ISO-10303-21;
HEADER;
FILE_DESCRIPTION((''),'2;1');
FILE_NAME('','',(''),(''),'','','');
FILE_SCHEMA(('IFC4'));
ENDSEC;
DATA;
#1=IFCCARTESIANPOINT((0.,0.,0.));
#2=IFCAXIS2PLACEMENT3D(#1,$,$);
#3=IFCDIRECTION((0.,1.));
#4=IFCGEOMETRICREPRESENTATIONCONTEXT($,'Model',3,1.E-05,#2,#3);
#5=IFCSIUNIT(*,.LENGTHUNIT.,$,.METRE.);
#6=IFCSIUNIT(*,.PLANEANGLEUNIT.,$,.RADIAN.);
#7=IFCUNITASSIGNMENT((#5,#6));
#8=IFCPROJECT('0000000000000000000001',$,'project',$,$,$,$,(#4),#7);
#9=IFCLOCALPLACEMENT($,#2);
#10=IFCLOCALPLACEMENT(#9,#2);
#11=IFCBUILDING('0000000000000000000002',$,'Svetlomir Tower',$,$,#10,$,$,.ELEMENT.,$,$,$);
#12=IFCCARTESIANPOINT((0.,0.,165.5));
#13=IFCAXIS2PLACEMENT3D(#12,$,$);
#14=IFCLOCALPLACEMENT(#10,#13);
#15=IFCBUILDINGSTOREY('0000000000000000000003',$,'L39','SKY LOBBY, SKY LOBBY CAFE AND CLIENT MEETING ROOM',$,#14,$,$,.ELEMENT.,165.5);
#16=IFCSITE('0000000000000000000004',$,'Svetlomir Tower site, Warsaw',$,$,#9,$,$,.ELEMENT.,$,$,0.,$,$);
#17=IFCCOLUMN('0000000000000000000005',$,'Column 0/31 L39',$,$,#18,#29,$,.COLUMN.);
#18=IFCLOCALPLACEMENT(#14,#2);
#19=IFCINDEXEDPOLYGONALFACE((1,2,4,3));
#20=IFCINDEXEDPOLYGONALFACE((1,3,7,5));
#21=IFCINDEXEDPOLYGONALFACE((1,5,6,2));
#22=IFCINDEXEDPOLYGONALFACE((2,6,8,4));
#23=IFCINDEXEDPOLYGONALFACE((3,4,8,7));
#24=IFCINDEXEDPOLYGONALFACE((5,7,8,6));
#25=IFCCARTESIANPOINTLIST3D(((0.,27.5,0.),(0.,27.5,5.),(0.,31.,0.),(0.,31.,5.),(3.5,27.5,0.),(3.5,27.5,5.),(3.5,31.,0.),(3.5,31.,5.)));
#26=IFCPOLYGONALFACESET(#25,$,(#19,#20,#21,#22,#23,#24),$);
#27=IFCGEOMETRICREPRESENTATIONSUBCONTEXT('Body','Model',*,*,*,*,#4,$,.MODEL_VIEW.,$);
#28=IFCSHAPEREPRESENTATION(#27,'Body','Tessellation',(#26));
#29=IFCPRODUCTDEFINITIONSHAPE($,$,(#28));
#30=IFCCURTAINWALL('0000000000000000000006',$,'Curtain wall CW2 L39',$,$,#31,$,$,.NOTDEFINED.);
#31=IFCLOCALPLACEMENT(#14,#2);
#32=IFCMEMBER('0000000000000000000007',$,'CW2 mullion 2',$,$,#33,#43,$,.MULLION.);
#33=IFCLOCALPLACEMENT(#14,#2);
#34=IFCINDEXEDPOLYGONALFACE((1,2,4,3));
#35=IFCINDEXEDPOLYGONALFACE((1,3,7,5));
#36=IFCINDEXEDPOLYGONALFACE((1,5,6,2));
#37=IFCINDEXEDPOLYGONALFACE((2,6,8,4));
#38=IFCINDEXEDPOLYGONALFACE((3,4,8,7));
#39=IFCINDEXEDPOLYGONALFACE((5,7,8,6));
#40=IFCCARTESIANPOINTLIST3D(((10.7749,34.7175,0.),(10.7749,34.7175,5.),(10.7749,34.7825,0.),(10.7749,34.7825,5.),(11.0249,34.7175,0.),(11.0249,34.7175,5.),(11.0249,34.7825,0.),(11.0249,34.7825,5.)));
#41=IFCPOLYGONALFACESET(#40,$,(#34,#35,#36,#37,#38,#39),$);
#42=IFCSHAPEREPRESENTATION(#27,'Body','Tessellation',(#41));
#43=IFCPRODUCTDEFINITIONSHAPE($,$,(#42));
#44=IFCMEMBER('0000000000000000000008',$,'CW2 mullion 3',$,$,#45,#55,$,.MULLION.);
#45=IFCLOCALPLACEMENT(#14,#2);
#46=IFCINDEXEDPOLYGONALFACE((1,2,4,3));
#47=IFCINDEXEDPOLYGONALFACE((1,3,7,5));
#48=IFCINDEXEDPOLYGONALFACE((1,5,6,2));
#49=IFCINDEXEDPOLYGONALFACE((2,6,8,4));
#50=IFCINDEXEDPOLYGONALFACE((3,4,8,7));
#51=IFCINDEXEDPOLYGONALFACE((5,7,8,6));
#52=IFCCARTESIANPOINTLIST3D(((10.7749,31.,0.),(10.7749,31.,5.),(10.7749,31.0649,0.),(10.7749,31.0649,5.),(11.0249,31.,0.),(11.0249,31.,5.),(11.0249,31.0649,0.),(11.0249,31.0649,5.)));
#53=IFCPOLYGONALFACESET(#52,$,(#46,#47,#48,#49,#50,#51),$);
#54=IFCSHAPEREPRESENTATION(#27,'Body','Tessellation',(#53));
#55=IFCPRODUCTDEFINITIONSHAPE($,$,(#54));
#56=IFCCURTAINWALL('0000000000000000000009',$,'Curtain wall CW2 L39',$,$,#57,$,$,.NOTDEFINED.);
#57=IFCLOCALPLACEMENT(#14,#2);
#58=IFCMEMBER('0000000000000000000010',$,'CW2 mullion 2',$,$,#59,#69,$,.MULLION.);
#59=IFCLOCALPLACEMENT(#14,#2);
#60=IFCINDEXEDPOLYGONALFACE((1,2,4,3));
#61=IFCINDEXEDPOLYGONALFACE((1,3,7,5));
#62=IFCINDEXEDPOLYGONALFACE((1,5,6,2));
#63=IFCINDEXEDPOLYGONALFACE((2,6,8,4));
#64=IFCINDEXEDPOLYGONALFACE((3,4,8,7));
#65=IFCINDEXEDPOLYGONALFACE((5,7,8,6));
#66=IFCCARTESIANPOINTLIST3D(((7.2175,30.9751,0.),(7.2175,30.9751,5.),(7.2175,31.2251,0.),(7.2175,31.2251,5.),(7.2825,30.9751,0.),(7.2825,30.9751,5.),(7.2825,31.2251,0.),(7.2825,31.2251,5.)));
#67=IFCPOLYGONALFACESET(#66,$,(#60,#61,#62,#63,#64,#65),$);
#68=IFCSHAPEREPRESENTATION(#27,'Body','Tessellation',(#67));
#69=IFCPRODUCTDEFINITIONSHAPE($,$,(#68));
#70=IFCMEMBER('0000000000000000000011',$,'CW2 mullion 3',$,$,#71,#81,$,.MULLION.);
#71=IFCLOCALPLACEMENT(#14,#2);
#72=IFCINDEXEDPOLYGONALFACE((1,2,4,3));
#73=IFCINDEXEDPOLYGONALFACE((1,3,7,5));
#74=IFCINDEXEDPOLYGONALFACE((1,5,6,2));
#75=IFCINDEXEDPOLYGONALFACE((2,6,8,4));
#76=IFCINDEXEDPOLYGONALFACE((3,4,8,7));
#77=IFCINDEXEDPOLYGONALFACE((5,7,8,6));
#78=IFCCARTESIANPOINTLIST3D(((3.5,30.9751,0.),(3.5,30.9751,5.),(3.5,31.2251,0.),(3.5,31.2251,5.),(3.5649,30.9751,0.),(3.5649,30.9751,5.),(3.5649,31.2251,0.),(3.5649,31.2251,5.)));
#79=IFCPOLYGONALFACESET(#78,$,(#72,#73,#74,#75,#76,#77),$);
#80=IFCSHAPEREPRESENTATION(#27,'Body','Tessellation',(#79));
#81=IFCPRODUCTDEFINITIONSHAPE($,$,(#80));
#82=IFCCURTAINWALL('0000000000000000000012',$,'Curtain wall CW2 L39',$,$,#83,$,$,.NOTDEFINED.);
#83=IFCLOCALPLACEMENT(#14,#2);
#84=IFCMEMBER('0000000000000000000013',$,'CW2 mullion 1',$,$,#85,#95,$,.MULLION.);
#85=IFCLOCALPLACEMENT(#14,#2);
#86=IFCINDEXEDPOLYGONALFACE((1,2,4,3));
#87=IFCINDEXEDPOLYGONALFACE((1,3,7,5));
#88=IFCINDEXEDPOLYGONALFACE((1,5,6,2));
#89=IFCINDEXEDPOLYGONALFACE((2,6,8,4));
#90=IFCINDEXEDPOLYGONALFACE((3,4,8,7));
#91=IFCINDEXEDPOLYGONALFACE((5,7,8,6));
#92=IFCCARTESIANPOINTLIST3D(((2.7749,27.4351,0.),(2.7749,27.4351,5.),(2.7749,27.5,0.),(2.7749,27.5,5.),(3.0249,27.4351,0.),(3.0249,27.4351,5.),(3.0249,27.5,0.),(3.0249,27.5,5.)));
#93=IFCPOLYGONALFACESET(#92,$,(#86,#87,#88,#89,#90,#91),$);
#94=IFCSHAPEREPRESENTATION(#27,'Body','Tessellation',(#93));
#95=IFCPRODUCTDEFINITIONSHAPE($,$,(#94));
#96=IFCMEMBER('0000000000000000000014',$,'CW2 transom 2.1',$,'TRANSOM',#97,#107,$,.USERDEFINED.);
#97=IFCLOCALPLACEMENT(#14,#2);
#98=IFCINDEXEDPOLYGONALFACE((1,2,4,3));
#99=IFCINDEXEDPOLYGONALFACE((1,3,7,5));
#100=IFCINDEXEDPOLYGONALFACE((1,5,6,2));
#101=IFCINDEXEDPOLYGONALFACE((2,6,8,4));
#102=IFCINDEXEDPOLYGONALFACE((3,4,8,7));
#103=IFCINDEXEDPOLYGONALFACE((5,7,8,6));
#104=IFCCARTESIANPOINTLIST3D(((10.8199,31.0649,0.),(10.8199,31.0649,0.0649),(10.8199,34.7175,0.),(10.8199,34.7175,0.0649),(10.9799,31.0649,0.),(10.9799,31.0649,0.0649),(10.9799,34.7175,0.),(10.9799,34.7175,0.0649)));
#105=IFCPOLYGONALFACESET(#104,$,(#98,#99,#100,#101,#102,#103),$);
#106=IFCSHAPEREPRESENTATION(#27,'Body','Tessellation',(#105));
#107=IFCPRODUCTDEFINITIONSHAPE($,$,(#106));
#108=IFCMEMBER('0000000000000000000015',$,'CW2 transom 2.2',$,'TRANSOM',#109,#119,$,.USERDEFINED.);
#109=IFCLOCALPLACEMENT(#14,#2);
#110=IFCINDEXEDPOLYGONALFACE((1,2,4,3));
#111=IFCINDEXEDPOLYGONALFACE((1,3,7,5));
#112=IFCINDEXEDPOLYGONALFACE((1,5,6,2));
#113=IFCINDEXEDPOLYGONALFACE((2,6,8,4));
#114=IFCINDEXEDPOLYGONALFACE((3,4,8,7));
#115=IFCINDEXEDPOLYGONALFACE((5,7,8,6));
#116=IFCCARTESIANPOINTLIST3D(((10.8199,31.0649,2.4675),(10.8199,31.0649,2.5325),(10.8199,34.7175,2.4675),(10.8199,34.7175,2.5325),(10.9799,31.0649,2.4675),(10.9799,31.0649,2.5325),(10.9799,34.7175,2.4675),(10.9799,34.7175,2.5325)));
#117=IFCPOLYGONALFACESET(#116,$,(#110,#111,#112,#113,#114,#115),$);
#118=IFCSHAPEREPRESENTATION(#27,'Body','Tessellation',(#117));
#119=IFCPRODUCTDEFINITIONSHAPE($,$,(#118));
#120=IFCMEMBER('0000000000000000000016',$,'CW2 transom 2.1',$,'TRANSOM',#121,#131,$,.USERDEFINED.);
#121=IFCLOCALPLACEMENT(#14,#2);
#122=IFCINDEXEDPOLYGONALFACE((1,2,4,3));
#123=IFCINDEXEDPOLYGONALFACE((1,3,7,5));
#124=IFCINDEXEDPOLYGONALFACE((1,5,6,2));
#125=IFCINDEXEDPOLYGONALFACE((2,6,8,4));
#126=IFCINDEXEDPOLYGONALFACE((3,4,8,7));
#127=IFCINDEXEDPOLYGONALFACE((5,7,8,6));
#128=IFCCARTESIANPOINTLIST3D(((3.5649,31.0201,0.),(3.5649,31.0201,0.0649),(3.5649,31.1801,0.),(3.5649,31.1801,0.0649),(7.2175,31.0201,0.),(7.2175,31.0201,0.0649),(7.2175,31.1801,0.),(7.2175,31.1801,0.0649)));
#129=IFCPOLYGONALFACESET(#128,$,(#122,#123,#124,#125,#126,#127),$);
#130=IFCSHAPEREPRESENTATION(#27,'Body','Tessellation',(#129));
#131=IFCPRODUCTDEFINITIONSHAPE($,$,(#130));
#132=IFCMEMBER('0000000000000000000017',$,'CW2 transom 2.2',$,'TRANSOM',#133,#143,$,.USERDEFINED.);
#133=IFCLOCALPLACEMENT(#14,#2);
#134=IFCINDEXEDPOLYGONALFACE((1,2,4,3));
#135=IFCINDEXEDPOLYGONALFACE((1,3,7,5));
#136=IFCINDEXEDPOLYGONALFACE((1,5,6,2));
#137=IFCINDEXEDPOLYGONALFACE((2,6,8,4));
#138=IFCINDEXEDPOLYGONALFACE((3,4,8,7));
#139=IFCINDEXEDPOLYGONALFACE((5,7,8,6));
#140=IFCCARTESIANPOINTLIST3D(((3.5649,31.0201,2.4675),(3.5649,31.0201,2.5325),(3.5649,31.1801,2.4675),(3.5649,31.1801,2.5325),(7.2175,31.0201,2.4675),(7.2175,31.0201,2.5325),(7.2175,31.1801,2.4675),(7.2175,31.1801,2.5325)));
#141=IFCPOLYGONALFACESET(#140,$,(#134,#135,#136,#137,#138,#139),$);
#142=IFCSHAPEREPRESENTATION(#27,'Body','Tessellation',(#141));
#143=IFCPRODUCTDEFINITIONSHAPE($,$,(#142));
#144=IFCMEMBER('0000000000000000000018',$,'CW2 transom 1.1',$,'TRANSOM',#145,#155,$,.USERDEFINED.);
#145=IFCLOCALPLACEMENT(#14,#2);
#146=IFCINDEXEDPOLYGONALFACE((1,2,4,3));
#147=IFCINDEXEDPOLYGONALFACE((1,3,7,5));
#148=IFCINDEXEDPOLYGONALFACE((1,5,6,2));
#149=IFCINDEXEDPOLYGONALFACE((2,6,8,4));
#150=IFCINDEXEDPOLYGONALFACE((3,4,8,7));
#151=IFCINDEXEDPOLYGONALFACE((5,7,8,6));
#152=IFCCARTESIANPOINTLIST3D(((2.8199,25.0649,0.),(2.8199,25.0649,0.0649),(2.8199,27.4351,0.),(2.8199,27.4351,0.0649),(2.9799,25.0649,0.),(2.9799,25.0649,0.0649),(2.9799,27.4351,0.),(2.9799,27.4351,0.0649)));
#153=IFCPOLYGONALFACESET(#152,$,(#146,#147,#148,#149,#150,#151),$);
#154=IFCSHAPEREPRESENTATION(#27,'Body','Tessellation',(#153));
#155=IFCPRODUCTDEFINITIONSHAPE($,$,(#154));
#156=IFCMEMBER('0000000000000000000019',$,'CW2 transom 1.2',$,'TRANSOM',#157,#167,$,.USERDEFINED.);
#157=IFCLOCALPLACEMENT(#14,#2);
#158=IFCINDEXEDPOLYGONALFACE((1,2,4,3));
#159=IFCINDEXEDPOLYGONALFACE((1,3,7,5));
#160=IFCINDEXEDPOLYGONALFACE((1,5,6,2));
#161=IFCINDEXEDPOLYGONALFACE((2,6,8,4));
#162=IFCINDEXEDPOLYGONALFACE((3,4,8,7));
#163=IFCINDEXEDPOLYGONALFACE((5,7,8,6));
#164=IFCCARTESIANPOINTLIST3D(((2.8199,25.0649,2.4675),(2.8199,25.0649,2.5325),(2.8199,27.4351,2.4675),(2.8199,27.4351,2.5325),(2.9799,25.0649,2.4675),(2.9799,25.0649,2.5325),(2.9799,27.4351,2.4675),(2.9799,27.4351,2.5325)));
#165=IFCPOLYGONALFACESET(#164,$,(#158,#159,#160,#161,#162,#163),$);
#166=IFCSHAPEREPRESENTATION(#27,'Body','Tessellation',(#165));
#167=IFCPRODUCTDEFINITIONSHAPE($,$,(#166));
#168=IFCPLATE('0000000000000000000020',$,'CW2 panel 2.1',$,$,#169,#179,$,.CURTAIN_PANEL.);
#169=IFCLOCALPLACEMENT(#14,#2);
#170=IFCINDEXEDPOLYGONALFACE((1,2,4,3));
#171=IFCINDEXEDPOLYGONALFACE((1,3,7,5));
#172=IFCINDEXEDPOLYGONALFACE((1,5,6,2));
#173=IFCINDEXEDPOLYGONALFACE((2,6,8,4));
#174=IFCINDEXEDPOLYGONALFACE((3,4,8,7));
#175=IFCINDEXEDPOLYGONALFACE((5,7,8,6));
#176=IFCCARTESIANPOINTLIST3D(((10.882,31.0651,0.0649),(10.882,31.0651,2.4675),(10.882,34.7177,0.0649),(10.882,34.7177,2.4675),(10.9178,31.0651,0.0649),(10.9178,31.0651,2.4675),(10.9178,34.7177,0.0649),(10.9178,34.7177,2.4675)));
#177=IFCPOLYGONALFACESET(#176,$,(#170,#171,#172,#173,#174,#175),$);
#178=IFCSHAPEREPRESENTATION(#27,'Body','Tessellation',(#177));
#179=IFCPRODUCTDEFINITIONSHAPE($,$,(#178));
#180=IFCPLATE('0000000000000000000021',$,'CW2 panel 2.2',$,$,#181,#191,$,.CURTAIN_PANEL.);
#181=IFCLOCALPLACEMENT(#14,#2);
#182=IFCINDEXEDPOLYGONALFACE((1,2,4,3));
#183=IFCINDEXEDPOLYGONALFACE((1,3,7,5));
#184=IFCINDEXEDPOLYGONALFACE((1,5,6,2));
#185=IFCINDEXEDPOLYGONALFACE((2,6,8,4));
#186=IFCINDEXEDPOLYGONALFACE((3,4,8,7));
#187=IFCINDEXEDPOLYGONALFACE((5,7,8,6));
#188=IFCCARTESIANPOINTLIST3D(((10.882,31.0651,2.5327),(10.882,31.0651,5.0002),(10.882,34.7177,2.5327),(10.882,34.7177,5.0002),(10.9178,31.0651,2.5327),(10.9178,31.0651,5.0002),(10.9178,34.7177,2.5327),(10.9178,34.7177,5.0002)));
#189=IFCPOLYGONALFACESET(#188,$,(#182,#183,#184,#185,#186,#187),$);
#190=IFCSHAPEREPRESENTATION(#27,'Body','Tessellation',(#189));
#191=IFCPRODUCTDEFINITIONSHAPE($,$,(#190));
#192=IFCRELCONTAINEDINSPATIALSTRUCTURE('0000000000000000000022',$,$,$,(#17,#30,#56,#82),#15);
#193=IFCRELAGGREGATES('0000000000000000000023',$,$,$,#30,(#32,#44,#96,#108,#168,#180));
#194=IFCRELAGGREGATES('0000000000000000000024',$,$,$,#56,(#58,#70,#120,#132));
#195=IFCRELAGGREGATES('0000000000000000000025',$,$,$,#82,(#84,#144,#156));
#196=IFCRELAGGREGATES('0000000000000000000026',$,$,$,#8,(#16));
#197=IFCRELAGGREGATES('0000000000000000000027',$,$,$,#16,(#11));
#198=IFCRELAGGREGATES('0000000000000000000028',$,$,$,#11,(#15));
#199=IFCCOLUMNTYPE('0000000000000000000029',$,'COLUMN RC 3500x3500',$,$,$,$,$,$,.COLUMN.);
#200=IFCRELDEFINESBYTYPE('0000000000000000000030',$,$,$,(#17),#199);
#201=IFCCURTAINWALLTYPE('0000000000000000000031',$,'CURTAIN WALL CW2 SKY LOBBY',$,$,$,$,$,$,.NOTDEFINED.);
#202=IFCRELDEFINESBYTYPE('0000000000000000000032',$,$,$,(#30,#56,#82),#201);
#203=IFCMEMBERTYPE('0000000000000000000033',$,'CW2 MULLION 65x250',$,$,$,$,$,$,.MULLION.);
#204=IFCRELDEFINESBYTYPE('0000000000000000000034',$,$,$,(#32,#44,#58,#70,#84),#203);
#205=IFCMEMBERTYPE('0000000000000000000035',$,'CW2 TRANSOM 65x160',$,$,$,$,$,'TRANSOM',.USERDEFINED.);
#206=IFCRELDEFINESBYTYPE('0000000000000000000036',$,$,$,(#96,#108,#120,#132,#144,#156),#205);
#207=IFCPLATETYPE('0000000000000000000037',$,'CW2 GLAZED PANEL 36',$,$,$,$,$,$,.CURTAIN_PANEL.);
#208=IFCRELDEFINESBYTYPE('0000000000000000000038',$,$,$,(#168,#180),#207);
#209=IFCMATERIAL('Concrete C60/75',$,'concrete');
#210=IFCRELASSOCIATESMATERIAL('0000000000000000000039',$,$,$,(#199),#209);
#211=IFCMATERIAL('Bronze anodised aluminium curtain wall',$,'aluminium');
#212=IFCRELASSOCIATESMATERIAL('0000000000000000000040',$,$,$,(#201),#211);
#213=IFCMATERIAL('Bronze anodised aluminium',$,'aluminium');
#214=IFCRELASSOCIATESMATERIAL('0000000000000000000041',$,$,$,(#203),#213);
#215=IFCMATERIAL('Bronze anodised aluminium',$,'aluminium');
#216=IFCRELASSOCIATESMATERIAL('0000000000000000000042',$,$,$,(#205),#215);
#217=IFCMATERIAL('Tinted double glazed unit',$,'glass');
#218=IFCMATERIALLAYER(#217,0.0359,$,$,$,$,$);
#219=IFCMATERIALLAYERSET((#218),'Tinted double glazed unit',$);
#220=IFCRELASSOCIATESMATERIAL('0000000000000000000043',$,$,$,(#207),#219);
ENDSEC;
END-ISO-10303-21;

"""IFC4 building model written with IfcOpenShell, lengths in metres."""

from ifc_helpers import new_model, si_unit, direction, frame, origin, origin_2d, place, context, subcontext, project, spatial, rectangle, extrude, material, layer, layer_set, material_profile, profile_set, type_object, element, aggregate, save


model = new_model("IFC4")

# Units and contexts
model_context = context("Model", 3, precision=1e-05, world=origin(), true_north=direction((0.0, 1.0)))
body_context = subcontext(model_context, "Body", "Model", "MODEL_VIEW")
ifc_project = project(units=[si_unit("LENGTHUNIT", "METRE"), si_unit("PLANEANGLEUNIT", "RADIAN")], contexts=[model_context])

# Site, building, storey
site_placement = place(None, origin())
site = spatial("IfcSite", under=ifc_project, at=site_placement, Name="Svetlomir Tower site, Warsaw", CompositionType="ELEMENT", RefElevation=0.0)
building_placement = place(site_placement, origin())
building = spatial("IfcBuilding", under=site, at=building_placement, Name="Svetlomir Tower", CompositionType="ELEMENT")
storey_placement = place(building_placement, frame((0.0, 0.0, 165.5)))
storey = spatial("IfcBuildingStorey", under=building, at=storey_placement, Name="L39", Description="SKY LOBBY, SKY LOBBY CAFE AND CLIENT MEETING ROOM", CompositionType="ELEMENT", Elevation=165.5)

# Column
ifc_material_1 = material(Name="Concrete C60/75", Category="concrete")
ifc_material_profile_1 = material_profile(ifc_material_1, rectangle(XDim=3.5, YDim=3.5, at=origin_2d()), Name="RC 3500x3500")
ifc_profile_set_1 = profile_set([ifc_material_profile_1], Name="Concrete C60/75")
column_type = type_object("IfcColumnType", Name="COLUMN RC 3500x3500", PredefinedType="COLUMN", material=ifc_profile_set_1)
column_placement = place(storey_placement, frame((1.75, 29.25, 0.0), z_axis=(0.0, 0.0, 1.0), x_axis=(1.0, 0.0, 0.0)))
element("IfcColumn", 1, at=column_placement, inside=storey, type_object=column_type, Name="Column 0/31 L39", PredefinedType="COLUMN", context=body_context, shape_type="SweptSolid", body=[
    extrude(rectangle(XDim=3.5, YDim=3.5, at=origin_2d()), origin(), (0.0, 0.0, 1.0), 5.0),
])

# Curtain walls, members
ifc_material_2 = material(Name="Bronze anodised aluminium curtain wall", Category="aluminium")
curtain_wall_type = type_object("IfcCurtainWallType", Name="CURTAIN WALL CW2 SKY LOBBY", PredefinedType="NOTDEFINED", material=ifc_material_2)
curtain_wall_1_placement = place(storey_placement, origin())
curtain_wall_1 = element("IfcCurtainWall", 2, at=curtain_wall_1_placement, inside=storey, type_object=curtain_wall_type, Name="Curtain wall CW2 L39", PredefinedType="NOTDEFINED")
ifc_material_3 = material(Name="Bronze anodised aluminium", Category="aluminium")
ifc_material_profile_2 = material_profile(ifc_material_3, rectangle(XDim=0.0649, YDim=0.25, at=origin_2d()), Name="AL 65x250")
ifc_profile_set_2 = profile_set([ifc_material_profile_2], Name="Bronze anodised aluminium 6063-T6")
member_type_1 = type_object("IfcMemberType", Name="CW2 MULLION 65x250", PredefinedType="MULLION", material=ifc_profile_set_2)
member_1_placement = place(storey_placement, frame((10.8999, 34.75, 0.0), z_axis=(0.0, 0.0, 1.0), x_axis=(0.0, -1.0, 0.0)))
member_1 = element("IfcMember", 3, at=member_1_placement, type_object=member_type_1, Name="CW2 mullion 2", PredefinedType="MULLION", context=body_context, shape_type="SweptSolid", body=[
    extrude(rectangle(XDim=0.0649, YDim=0.25, at=origin_2d()), origin(), (0.0, 0.0, 1.0), 5.0),
])
member_2_placement = place(storey_placement, frame((10.8999, 31.0325, 0.0), z_axis=(0.0, 0.0, 1.0), x_axis=(0.0, -1.0, 0.0)))
member_2 = element("IfcMember", 4, at=member_2_placement, type_object=member_type_1, Name="CW2 mullion 3", PredefinedType="MULLION", context=body_context, shape_type="SweptSolid", body=[
    extrude(rectangle(XDim=0.0649, YDim=0.25, at=origin_2d()), origin(), (0.0, 0.0, 1.0), 5.0),
])
curtain_wall_2_placement = place(storey_placement, origin())
curtain_wall_2 = element("IfcCurtainWall", 5, at=curtain_wall_2_placement, inside=storey, type_object=curtain_wall_type, Name="Curtain wall CW2 L39", PredefinedType="NOTDEFINED")
member_3_placement = place(storey_placement, frame((7.25, 31.1001, 0.0), z_axis=(0.0, 0.0, 1.0), x_axis=(-1.0, 0.0, 0.0)))
member_3 = element("IfcMember", 6, at=member_3_placement, type_object=member_type_1, Name="CW2 mullion 2", PredefinedType="MULLION", context=body_context, shape_type="SweptSolid", body=[
    extrude(rectangle(XDim=0.0649, YDim=0.25, at=origin_2d()), origin(), (0.0, 0.0, 1.0), 5.0),
])
member_4_placement = place(storey_placement, frame((3.5325, 31.1001, 0.0), z_axis=(0.0, 0.0, 1.0), x_axis=(-1.0, 0.0, 0.0)))
member_4 = element("IfcMember", 7, at=member_4_placement, type_object=member_type_1, Name="CW2 mullion 3", PredefinedType="MULLION", context=body_context, shape_type="SweptSolid", body=[
    extrude(rectangle(XDim=0.0649, YDim=0.25, at=origin_2d()), origin(), (0.0, 0.0, 1.0), 5.0),
])

# Curtain wall, member
curtain_wall_3_placement = place(storey_placement, origin())
curtain_wall_3 = element("IfcCurtainWall", 8, at=curtain_wall_3_placement, inside=storey, type_object=curtain_wall_type, Name="Curtain wall CW2 L39", PredefinedType="NOTDEFINED")
member_5_placement = place(storey_placement, frame((2.8999, 27.4675, 0.0), z_axis=(0.0, 0.0, 1.0), x_axis=(0.0, -1.0, 0.0)))
member_5 = element("IfcMember", 9, at=member_5_placement, type_object=member_type_1, Name="CW2 mullion 1", PredefinedType="MULLION", context=body_context, shape_type="SweptSolid", body=[
    extrude(rectangle(XDim=0.0649, YDim=0.25, at=origin_2d()), origin(), (0.0, 0.0, 1.0), 5.0),
])

# Members
ifc_material_4 = material(Name="Bronze anodised aluminium", Category="aluminium")
ifc_material_profile_3 = material_profile(ifc_material_4, rectangle(XDim=0.1599, YDim=0.0649, at=origin_2d()), Name="AL 160x65")
ifc_profile_set_3 = profile_set([ifc_material_profile_3], Name="Bronze anodised aluminium 6063-T6")
member_type_2 = type_object("IfcMemberType", Name="CW2 TRANSOM 65x160", ElementType="TRANSOM", PredefinedType="USERDEFINED", material=ifc_profile_set_3)
member_6_placement = place(storey_placement, frame((10.8999, 34.7175, 0.0325), z_axis=(0.0, -1.0, 0.0), x_axis=(1.0, 0.0, 0.0)))
member_6 = element("IfcMember", 10, at=member_6_placement, type_object=member_type_2, Name="CW2 transom 2.1", ObjectType="TRANSOM", PredefinedType="USERDEFINED", context=body_context, shape_type="SweptSolid", body=[
    extrude(rectangle(XDim=0.1599, YDim=0.0649, at=origin_2d()), origin(), (0.0, 0.0, 1.0), 3.6526),
])
member_7_placement = place(storey_placement, frame((10.8999, 34.7175, 2.5), z_axis=(0.0, -1.0, 0.0), x_axis=(1.0, 0.0, 0.0)))
member_7 = element("IfcMember", 11, at=member_7_placement, type_object=member_type_2, Name="CW2 transom 2.2", ObjectType="TRANSOM", PredefinedType="USERDEFINED", context=body_context, shape_type="SweptSolid", body=[
    extrude(rectangle(XDim=0.1599, YDim=0.0649, at=origin_2d()), origin(), (0.0, 0.0, 1.0), 3.6526),
])
member_8_placement = place(storey_placement, frame((7.2175, 31.1001, 0.0325), z_axis=(-1.0, 0.0, 0.0), x_axis=(0.0, -1.0, 0.0)))
member_8 = element("IfcMember", 12, at=member_8_placement, type_object=member_type_2, Name="CW2 transom 2.1", ObjectType="TRANSOM", PredefinedType="USERDEFINED", context=body_context, shape_type="SweptSolid", body=[
    extrude(rectangle(XDim=0.1599, YDim=0.0649, at=origin_2d()), origin(), (0.0, 0.0, 1.0), 3.6526),
])
member_9_placement = place(storey_placement, frame((7.2175, 31.1001, 2.5), z_axis=(-1.0, 0.0, 0.0), x_axis=(0.0, -1.0, 0.0)))
member_9 = element("IfcMember", 13, at=member_9_placement, type_object=member_type_2, Name="CW2 transom 2.2", ObjectType="TRANSOM", PredefinedType="USERDEFINED", context=body_context, shape_type="SweptSolid", body=[
    extrude(rectangle(XDim=0.1599, YDim=0.0649, at=origin_2d()), origin(), (0.0, 0.0, 1.0), 3.6526),
])
member_10_placement = place(storey_placement, frame((2.8999, 27.4351, 0.0325), z_axis=(0.0, -1.0, 0.0), x_axis=(1.0, 0.0, 0.0)))
member_10 = element("IfcMember", 14, at=member_10_placement, type_object=member_type_2, Name="CW2 transom 1.1", ObjectType="TRANSOM", PredefinedType="USERDEFINED", context=body_context, shape_type="SweptSolid", body=[
    extrude(rectangle(XDim=0.1599, YDim=0.0649, at=origin_2d()), origin(), (0.0, 0.0, 1.0), 2.3701),
])
member_11_placement = place(storey_placement, frame((2.8999, 27.4351, 2.5), z_axis=(0.0, -1.0, 0.0), x_axis=(1.0, 0.0, 0.0)))
member_11 = element("IfcMember", 15, at=member_11_placement, type_object=member_type_2, Name="CW2 transom 1.2", ObjectType="TRANSOM", PredefinedType="USERDEFINED", context=body_context, shape_type="SweptSolid", body=[
    extrude(rectangle(XDim=0.1599, YDim=0.0649, at=origin_2d()), origin(), (0.0, 0.0, 1.0), 2.3701),
])

# Plates
ifc_material_5 = material(Name="Tinted double glazed unit", Category="glass")
ifc_layer_1 = layer(ifc_material_5, 0.0359)
ifc_layer_set_1 = layer_set([ifc_layer_1], Name="Tinted double glazed unit")
plate_type = type_object("IfcPlateType", Name="CW2 GLAZED PANEL 36", PredefinedType="CURTAIN_PANEL", material=ifc_layer_set_1)
plate_1_placement = place(storey_placement, frame((10.8999, 32.8914, 0.0649), z_axis=(0.0, 0.0, 1.0), x_axis=(0.0, -1.0, 0.0)))
plate_1 = element("IfcPlate", 16, at=plate_1_placement, type_object=plate_type, Name="CW2 panel 2.1", PredefinedType="CURTAIN_PANEL", context=body_context, shape_type="SweptSolid", body=[
    extrude(rectangle(XDim=3.6526, YDim=0.0359, at=origin_2d()), origin(), (0.0, 0.0, 1.0), 2.4026),
])
plate_2_placement = place(storey_placement, frame((10.8999, 32.8914, 2.5327), z_axis=(0.0, 0.0, 1.0), x_axis=(0.0, -1.0, 0.0)))
plate_2 = element("IfcPlate", 17, at=plate_2_placement, type_object=plate_type, Name="CW2 panel 2.2", PredefinedType="CURTAIN_PANEL", context=body_context, shape_type="SweptSolid", body=[
    extrude(rectangle(XDim=3.6526, YDim=0.0359, at=origin_2d()), origin(), (0.0, 0.0, 1.0), 2.4675),
])
aggregate(curtain_wall_1, [member_1, member_2, member_6, member_7, plate_1, plate_2])
aggregate(curtain_wall_2, [member_3, member_4, member_8, member_9])
aggregate(curtain_wall_3, [member_5, member_10, member_11])

save(model, "model.ifc")
